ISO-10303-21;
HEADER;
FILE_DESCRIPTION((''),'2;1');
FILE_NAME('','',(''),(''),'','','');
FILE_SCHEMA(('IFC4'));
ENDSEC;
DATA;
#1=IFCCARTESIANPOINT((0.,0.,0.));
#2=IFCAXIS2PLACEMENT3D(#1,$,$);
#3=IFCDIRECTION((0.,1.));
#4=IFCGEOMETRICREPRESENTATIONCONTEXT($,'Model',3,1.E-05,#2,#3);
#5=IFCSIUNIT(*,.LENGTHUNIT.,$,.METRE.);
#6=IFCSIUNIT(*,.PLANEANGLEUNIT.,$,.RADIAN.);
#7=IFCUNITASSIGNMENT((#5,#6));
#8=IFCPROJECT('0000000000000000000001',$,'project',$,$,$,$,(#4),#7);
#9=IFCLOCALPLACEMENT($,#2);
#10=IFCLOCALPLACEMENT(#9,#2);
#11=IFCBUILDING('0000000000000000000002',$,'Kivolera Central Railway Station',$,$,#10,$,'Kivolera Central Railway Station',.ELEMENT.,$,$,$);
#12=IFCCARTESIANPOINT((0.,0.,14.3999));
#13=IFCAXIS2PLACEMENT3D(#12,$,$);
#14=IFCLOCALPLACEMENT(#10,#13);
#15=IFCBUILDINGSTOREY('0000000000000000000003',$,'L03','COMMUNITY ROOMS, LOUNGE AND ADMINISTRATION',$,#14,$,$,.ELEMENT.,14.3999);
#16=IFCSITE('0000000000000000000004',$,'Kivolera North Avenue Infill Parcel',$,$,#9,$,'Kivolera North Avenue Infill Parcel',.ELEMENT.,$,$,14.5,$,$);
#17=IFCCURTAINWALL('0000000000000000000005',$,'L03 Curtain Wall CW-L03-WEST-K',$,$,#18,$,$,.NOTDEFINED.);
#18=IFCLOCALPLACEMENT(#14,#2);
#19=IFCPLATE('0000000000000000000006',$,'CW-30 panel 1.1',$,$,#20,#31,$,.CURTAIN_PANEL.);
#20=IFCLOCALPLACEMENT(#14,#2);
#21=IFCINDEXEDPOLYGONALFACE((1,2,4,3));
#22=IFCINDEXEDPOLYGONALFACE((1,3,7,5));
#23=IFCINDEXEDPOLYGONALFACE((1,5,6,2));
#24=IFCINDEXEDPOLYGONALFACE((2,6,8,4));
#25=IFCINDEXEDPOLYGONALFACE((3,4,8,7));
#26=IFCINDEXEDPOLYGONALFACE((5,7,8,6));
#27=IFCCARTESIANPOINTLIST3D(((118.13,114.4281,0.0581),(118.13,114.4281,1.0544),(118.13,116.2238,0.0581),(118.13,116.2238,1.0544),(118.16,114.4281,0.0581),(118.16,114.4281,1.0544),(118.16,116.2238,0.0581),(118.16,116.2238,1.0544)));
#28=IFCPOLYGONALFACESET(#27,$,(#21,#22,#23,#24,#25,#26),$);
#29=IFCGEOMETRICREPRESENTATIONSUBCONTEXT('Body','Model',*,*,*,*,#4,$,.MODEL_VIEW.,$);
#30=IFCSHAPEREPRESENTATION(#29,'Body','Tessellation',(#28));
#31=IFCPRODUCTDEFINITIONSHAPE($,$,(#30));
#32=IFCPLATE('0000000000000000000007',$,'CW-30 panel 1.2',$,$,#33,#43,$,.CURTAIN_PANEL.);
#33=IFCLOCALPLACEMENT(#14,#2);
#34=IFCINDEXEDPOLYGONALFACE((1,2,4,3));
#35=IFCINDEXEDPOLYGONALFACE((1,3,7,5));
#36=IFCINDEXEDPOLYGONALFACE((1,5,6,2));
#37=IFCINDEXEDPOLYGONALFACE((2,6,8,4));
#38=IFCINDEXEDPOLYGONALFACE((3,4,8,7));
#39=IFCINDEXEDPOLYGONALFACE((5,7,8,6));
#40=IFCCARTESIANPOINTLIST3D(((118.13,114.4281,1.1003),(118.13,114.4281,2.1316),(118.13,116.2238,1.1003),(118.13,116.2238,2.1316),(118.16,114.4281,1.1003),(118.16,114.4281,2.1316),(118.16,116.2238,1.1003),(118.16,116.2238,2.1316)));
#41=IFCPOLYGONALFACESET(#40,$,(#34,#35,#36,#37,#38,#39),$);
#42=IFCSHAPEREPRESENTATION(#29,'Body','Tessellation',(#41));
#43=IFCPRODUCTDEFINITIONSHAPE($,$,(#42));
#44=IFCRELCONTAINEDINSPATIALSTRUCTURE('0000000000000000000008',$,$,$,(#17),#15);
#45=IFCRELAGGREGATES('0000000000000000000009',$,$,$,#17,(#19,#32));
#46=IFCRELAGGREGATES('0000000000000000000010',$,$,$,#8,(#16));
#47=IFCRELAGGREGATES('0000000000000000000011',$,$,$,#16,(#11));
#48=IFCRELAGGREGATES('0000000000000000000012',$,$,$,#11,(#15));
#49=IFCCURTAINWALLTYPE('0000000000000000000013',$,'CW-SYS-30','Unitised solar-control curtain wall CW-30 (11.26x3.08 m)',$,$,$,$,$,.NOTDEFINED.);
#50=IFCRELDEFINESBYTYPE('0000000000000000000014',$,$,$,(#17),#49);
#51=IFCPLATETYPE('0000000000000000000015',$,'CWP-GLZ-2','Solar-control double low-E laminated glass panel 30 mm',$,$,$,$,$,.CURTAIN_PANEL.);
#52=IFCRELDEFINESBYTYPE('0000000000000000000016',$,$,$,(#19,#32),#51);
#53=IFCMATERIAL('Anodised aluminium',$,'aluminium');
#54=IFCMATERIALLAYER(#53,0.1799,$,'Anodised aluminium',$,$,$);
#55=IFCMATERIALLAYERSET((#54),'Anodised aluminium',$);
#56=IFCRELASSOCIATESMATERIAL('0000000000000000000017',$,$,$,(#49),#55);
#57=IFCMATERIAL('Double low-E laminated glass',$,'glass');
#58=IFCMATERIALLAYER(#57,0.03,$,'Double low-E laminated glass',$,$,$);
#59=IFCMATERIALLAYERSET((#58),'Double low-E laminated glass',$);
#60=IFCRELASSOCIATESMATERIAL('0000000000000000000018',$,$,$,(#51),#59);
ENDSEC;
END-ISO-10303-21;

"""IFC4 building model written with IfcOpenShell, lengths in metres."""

from ifc_helpers import new_model, si_unit, direction, frame, origin, origin_2d, place, context, subcontext, project, spatial, rectangle, extrude, material, layer, layer_set, type_object, element, aggregate, save


model = new_model("IFC4")

# Units and contexts
model_context = context("Model", 3, precision=1e-05, world=origin(), true_north=direction((0.0, 1.0)))
body_context = subcontext(model_context, "Body", "Model", "MODEL_VIEW")
ifc_project = project(units=[si_unit("LENGTHUNIT", "METRE"), si_unit("PLANEANGLEUNIT", "RADIAN")], contexts=[model_context])

# Site, building, storey
site_placement = place(None, origin())
site = spatial("IfcSite", under=ifc_project, at=site_placement, Name="Kivolera North Avenue Infill Parcel", LongName="Kivolera North Avenue Infill Parcel", CompositionType="ELEMENT", RefElevation=14.5)
building_placement = place(site_placement, origin())
building = spatial("IfcBuilding", under=site, at=building_placement, Name="Kivolera Central Railway Station", LongName="Kivolera Central Railway Station", CompositionType="ELEMENT")
storey_placement = place(building_placement, frame((0.0, 0.0, 14.3999)))
storey = spatial("IfcBuildingStorey", under=building, at=storey_placement, Name="L03", Description="COMMUNITY ROOMS, LOUNGE AND ADMINISTRATION", CompositionType="ELEMENT", Elevation=14.3999)

# Shared definitions
ifc_material_1 = material(Name="Anodised aluminium", Category="aluminium")
ifc_layer_1 = layer(ifc_material_1, 0.1799, Name="Anodised aluminium")
ifc_layer_set_1 = layer_set([ifc_layer_1], Name="Anodised aluminium")
curtain_wall_type = type_object("IfcCurtainWallType", Name="CW-SYS-30", Description="Unitised solar-control curtain wall CW-30 (11.26x3.08 m)", PredefinedType="NOTDEFINED", material=ifc_layer_set_1)

# Curtain wall
curtain_wall_1_placement = place(storey_placement, origin())
curtain_wall_1 = element("IfcCurtainWall", 1, at=curtain_wall_1_placement, inside=storey, type_object=curtain_wall_type, Name="L03 Curtain Wall CW-L03-WEST-K", PredefinedType="NOTDEFINED")

# Plates
ifc_material_2 = material(Name="Double low-E laminated glass", Category="glass")
ifc_layer_2 = layer(ifc_material_2, 0.03, Name="Double low-E laminated glass")
ifc_layer_set_2 = layer_set([ifc_layer_2], Name="Double low-E laminated glass")
plate_type = type_object("IfcPlateType", Name="CWP-GLZ-2", Description="Solar-control double low-E laminated glass panel 30 mm", PredefinedType="CURTAIN_PANEL", material=ifc_layer_set_2)
plate_1_placement = place(storey_placement, frame((118.145, 115.3259, 0.0581), z_axis=(0.0, 0.0, 1.0), x_axis=(0.0, 1.0, 0.0)))
plate_1 = element("IfcPlate", 2, at=plate_1_placement, type_object=plate_type, Name="CW-30 panel 1.1", PredefinedType="CURTAIN_PANEL", context=body_context, shape_type="SweptSolid", body=[
    extrude(rectangle(XDim=1.7957, YDim=0.03, at=origin_2d()), origin(), (0.0, 0.0, 1.0), 0.9963),
])
plate_2_placement = place(storey_placement, frame((118.145, 115.3259, 1.1003), z_axis=(0.0, 0.0, 1.0), x_axis=(0.0, 1.0, 0.0)))
plate_2 = element("IfcPlate", 3, at=plate_2_placement, type_object=plate_type, Name="CW-30 panel 1.2", PredefinedType="CURTAIN_PANEL", context=body_context, shape_type="SweptSolid", body=[
    extrude(rectangle(XDim=1.7957, YDim=0.03, at=origin_2d()), origin(), (0.0, 0.0, 1.0), 1.0312),
])
aggregate(curtain_wall_1, [plate_1, plate_2])

save(model, "model.ifc")
